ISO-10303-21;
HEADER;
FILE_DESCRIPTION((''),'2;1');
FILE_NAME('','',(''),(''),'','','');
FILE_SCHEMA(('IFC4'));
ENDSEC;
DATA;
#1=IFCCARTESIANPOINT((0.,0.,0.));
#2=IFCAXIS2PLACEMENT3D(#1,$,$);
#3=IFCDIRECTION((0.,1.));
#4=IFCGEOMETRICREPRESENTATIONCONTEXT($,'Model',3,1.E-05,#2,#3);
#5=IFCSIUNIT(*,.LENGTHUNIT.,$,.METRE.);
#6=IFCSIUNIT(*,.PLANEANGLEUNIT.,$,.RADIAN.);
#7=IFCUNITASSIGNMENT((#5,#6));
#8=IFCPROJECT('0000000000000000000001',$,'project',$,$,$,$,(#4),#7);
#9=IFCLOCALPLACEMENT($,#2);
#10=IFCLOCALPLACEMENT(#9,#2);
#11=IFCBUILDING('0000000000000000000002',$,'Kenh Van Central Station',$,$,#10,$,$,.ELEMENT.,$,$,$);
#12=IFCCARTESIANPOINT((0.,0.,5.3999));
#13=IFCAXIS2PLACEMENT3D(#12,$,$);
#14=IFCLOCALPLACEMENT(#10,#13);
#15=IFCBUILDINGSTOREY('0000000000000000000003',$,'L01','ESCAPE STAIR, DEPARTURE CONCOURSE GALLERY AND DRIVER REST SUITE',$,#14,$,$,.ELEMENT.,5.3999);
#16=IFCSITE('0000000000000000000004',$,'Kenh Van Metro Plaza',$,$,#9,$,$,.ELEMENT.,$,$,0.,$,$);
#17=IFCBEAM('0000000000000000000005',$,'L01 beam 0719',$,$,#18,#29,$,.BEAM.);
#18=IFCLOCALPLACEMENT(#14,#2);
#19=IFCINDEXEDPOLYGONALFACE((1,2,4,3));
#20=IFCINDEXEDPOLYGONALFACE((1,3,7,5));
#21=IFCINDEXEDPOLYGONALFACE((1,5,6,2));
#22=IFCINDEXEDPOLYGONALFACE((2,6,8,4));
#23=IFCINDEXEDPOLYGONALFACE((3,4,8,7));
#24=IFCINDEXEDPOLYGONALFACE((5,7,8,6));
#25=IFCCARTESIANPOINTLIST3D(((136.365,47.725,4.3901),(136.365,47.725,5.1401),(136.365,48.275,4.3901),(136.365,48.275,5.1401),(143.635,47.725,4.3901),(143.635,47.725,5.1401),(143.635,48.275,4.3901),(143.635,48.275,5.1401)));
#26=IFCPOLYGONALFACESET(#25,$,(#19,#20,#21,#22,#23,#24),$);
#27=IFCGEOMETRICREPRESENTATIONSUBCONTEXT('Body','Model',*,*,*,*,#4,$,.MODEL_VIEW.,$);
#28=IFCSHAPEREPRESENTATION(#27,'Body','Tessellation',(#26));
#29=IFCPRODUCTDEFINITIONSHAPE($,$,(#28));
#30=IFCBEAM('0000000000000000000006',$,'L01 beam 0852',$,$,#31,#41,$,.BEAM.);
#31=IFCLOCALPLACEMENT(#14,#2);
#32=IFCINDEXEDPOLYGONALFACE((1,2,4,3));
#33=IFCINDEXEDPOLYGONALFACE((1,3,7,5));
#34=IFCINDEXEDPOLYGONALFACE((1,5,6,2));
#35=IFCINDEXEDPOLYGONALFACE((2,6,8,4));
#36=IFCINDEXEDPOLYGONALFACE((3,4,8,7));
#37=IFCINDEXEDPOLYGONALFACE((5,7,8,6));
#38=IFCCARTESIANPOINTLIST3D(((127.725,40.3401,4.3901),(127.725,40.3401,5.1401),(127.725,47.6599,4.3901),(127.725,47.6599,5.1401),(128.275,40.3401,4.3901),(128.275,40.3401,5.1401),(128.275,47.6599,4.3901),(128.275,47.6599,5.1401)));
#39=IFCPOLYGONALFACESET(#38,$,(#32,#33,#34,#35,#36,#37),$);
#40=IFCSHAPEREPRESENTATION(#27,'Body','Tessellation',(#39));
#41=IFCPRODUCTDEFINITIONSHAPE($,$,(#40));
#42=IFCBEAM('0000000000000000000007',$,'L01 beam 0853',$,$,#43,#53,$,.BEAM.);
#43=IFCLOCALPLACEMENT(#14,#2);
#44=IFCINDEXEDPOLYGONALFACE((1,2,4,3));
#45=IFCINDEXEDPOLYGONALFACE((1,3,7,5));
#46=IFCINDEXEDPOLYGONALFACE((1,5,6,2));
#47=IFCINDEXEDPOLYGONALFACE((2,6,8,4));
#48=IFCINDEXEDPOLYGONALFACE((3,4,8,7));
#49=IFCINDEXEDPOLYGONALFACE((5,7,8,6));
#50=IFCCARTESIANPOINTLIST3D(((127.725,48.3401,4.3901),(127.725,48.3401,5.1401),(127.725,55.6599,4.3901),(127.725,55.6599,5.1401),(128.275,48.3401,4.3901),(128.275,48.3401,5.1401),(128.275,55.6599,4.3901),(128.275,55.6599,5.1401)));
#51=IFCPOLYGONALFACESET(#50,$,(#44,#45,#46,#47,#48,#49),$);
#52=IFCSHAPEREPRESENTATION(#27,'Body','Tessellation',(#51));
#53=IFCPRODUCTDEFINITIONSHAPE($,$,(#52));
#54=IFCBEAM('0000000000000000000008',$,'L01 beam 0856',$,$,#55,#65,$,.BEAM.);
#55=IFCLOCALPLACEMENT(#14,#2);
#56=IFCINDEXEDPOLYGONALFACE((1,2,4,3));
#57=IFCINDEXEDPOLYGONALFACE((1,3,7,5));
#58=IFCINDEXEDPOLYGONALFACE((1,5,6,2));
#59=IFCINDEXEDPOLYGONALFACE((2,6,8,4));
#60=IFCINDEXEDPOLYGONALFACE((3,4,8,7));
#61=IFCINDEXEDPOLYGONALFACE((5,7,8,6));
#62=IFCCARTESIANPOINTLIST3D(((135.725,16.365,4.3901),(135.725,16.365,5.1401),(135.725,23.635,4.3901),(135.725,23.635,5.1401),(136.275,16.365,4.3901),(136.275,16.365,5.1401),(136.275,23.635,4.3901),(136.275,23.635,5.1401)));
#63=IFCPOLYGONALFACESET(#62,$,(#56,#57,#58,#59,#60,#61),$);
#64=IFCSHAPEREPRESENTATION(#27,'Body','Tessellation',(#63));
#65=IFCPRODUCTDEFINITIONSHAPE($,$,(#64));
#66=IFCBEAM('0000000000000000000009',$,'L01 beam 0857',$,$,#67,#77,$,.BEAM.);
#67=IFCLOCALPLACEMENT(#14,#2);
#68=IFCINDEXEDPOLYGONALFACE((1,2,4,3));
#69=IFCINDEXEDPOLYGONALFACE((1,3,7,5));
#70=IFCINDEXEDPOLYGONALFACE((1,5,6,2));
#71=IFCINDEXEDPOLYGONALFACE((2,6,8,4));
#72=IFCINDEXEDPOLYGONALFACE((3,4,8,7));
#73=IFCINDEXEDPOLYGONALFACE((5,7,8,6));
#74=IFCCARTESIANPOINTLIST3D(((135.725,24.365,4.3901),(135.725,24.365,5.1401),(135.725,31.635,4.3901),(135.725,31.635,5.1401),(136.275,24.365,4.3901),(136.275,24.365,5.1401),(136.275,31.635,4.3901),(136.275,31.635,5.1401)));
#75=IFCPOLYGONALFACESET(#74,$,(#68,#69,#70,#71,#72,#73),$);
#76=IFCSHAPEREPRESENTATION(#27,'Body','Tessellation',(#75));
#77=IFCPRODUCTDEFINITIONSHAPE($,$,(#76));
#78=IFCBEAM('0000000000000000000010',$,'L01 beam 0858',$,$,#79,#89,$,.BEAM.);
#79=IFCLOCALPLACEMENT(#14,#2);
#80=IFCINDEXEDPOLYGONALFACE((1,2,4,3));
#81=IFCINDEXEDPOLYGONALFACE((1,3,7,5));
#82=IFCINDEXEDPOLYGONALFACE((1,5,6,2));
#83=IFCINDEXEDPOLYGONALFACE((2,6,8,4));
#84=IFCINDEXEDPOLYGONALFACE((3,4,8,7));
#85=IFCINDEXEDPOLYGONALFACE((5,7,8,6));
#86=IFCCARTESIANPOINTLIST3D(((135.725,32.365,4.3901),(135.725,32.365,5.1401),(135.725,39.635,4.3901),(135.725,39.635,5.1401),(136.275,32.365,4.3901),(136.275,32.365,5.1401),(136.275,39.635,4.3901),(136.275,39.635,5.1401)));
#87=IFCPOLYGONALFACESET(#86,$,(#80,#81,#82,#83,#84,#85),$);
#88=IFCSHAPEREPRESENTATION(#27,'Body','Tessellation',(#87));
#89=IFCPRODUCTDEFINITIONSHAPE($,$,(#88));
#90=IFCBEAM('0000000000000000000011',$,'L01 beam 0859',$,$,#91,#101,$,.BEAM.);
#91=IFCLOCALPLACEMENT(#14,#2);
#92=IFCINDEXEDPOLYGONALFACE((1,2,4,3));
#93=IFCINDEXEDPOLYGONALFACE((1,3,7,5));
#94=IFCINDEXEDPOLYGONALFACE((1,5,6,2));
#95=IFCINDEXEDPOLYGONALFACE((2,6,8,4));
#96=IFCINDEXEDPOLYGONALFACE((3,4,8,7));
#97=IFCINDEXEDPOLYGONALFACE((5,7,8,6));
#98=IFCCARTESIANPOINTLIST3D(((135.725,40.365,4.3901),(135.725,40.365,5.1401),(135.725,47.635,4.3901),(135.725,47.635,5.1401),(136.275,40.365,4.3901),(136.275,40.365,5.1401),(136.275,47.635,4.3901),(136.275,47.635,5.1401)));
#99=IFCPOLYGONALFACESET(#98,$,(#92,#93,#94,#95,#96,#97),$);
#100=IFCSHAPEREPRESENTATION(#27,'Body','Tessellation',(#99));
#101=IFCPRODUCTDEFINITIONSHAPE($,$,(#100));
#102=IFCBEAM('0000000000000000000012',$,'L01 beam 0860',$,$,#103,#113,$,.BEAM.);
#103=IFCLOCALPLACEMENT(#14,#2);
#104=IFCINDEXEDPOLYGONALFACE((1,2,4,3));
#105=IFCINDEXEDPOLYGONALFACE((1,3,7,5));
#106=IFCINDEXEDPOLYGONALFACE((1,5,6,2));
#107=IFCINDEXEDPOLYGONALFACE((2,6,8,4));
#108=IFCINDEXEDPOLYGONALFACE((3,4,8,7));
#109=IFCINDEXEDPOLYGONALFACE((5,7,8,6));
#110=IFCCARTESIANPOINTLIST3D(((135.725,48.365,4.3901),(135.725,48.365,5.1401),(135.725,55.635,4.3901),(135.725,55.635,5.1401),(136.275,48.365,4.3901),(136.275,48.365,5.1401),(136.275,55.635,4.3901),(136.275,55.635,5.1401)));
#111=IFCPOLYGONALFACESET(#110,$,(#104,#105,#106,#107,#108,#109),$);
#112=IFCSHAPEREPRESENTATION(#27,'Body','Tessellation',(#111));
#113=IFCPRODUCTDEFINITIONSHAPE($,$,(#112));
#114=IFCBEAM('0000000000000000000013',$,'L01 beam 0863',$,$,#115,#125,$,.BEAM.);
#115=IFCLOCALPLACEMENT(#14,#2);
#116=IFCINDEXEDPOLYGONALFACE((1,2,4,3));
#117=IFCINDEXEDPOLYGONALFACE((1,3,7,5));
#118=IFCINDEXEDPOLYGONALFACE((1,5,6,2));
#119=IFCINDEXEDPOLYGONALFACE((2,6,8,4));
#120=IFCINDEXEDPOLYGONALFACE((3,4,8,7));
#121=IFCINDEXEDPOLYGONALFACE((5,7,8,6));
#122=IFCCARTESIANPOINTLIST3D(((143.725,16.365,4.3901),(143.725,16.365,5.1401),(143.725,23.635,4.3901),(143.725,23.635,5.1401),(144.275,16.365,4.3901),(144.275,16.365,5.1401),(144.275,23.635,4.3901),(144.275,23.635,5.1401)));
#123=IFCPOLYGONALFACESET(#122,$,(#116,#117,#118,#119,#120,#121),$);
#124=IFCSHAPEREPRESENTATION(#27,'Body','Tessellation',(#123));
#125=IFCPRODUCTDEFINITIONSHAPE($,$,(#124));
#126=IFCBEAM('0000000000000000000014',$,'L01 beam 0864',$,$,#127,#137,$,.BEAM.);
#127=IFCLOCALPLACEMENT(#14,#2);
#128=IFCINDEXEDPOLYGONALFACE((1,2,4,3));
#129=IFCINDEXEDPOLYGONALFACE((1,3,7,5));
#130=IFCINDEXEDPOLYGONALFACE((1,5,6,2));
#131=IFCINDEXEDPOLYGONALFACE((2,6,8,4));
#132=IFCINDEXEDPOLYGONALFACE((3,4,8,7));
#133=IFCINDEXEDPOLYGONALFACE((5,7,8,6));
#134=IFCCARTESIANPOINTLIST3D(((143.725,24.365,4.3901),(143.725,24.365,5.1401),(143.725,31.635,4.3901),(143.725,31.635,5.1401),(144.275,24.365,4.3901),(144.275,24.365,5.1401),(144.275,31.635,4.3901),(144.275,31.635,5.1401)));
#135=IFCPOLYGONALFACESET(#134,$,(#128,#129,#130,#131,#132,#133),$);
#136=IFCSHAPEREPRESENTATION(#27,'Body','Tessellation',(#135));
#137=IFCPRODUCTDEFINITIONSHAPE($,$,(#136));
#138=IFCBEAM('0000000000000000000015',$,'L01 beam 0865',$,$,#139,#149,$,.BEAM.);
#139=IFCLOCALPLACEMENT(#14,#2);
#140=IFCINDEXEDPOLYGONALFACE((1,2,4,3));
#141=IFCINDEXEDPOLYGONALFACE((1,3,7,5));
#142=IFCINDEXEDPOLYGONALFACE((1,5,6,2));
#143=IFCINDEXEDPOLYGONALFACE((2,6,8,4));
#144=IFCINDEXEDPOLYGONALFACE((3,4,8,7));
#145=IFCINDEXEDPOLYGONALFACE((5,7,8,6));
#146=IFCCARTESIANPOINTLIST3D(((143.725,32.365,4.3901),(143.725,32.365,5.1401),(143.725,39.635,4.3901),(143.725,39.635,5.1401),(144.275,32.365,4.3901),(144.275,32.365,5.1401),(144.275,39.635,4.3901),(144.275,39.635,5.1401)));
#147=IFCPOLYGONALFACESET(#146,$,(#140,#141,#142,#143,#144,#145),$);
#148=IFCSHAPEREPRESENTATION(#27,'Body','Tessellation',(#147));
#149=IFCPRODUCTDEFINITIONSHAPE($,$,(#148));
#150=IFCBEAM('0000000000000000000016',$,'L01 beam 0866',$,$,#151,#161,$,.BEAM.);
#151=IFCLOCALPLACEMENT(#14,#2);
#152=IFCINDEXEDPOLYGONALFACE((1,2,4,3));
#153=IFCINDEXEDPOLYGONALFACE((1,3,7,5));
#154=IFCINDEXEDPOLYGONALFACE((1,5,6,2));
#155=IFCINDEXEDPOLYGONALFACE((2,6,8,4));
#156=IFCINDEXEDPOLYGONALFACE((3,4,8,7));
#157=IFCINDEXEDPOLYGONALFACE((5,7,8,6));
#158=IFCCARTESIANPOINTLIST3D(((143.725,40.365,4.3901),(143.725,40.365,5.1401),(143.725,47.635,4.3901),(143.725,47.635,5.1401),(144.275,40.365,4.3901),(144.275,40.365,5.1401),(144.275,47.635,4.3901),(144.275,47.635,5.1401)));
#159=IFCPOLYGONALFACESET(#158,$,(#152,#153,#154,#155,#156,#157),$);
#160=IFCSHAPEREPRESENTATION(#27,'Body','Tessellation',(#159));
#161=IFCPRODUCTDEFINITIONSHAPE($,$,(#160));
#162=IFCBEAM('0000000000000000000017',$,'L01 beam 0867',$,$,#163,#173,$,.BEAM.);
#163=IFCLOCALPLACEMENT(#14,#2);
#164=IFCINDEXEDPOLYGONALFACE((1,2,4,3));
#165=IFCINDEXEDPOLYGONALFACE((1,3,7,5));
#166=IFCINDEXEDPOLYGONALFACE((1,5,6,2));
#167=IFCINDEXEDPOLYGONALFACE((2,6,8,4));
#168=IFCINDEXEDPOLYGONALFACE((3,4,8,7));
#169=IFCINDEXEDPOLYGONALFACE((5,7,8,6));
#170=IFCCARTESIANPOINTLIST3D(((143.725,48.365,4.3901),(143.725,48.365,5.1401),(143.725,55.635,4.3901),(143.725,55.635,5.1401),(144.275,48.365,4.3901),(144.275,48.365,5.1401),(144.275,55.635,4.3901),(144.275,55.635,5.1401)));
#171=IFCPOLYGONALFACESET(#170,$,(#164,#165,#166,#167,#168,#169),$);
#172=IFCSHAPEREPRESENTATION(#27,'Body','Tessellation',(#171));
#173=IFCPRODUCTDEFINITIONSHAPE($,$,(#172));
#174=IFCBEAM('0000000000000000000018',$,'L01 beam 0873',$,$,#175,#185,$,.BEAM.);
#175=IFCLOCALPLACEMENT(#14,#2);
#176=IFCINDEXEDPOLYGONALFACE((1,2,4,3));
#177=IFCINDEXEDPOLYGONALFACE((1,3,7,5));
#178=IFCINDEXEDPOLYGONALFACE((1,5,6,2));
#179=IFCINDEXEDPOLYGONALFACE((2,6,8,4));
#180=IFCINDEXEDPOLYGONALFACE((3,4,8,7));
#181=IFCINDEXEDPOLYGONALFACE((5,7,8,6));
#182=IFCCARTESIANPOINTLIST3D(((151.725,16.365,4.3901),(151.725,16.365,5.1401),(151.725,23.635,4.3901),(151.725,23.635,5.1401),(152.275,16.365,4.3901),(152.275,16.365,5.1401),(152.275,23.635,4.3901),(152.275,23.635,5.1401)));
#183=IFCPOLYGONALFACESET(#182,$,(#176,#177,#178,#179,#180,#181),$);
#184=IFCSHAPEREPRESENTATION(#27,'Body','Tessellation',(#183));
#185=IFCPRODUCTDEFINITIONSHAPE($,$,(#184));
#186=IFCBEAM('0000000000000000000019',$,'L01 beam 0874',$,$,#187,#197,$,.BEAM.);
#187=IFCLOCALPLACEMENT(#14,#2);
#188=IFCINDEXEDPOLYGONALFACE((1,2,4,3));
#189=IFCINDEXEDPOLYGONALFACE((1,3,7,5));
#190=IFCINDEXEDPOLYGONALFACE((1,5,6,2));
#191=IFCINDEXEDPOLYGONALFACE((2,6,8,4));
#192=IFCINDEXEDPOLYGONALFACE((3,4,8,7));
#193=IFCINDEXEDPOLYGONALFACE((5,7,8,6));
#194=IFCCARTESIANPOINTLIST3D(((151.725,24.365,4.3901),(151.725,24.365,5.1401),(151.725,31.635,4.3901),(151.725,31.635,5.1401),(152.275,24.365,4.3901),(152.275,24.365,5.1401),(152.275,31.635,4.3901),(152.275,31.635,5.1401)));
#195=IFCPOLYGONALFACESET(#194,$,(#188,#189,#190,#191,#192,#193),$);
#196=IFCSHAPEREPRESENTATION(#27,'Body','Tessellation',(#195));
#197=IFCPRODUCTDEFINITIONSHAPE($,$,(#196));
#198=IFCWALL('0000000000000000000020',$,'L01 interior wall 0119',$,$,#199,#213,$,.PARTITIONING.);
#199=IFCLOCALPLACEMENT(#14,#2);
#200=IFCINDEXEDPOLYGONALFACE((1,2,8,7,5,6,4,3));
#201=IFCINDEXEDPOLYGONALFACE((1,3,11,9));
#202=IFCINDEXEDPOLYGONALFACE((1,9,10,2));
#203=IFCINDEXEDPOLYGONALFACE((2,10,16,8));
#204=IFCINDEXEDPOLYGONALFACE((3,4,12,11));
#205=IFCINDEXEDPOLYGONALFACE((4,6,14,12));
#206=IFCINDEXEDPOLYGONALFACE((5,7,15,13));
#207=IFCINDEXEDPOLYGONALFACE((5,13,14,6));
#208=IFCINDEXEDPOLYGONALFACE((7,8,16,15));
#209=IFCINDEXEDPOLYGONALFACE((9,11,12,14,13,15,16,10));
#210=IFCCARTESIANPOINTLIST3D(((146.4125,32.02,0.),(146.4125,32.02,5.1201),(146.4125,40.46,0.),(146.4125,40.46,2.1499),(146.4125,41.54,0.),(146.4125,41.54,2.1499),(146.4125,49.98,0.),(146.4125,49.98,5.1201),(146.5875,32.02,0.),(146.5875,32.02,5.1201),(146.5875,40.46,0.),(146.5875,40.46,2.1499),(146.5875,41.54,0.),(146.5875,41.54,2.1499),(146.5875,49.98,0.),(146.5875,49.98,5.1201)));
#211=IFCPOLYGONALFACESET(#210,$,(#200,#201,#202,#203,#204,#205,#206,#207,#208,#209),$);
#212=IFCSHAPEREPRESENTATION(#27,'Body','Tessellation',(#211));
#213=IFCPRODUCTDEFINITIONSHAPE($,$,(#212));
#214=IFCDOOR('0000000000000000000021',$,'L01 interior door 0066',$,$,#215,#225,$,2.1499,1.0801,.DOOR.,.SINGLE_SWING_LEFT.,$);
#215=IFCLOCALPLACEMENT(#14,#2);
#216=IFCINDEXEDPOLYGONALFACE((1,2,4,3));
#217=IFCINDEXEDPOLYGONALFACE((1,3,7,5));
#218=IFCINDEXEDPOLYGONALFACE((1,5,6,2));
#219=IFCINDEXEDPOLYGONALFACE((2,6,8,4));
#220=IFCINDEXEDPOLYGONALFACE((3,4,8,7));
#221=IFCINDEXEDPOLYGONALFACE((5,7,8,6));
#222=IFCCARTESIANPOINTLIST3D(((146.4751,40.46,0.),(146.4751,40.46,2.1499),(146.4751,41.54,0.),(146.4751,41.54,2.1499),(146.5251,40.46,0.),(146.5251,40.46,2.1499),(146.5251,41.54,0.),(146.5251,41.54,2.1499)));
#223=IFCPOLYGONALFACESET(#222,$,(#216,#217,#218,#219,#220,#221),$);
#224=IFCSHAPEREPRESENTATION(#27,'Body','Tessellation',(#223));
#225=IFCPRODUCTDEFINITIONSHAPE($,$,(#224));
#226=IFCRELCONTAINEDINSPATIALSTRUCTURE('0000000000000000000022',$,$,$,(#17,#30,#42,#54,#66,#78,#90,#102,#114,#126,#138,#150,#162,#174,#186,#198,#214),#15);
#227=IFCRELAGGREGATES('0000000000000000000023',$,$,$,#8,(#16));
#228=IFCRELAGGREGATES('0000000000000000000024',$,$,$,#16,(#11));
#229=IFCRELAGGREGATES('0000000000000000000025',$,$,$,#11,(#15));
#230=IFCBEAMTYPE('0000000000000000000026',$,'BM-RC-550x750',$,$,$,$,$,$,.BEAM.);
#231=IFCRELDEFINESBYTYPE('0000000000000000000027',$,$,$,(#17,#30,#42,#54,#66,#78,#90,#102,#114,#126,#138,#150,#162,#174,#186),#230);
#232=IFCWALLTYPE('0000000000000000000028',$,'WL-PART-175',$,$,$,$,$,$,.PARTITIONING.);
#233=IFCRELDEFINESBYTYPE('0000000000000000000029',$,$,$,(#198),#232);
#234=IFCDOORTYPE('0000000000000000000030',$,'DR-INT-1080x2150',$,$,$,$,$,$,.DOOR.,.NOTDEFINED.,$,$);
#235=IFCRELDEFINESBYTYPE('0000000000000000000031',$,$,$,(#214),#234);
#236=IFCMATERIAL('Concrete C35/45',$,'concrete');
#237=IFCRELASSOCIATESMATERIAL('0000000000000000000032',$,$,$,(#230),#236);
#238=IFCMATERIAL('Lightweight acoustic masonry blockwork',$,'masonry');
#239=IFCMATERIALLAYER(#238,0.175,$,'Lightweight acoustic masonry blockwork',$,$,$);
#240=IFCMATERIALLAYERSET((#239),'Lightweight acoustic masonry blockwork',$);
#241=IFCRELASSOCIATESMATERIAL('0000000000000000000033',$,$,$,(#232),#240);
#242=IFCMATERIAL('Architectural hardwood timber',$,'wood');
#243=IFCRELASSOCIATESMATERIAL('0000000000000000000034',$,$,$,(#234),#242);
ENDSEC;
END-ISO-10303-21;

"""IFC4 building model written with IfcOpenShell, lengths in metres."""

from ifc_helpers import new_model, si_unit, direction, frame, frame_2d, origin, origin_2d, place, context, subcontext, project, spatial, rectangle, extrude, material, layer, layer_set, material_profile, profile_set, type_object, element, fill, save


model = new_model("IFC4")

# Units and contexts
model_context = context("Model", 3, precision=1e-05, world=origin(), true_north=direction((0.0, 1.0)))
body_context = subcontext(model_context, "Body", "Model", "MODEL_VIEW")
ifc_project = project(units=[si_unit("LENGTHUNIT", "METRE"), si_unit("PLANEANGLEUNIT", "RADIAN")], contexts=[model_context])

# Site, building, storey
site_placement = place(None, origin())
site = spatial("IfcSite", under=ifc_project, at=site_placement, Name="Kenh Van Metro Plaza", CompositionType="ELEMENT", RefElevation=0.0)
building_placement = place(site_placement, origin())
building = spatial("IfcBuilding", under=site, at=building_placement, Name="Kenh Van Central Station", CompositionType="ELEMENT")
storey_placement = place(building_placement, frame((0.0, 0.0, 5.3999)))
storey = spatial("IfcBuildingStorey", under=building, at=storey_placement, Name="L01", Description="ESCAPE STAIR, DEPARTURE CONCOURSE GALLERY AND DRIVER REST SUITE", CompositionType="ELEMENT", Elevation=5.3999)

# Beams
ifc_material_1 = material(Name="Concrete C35/45", Category="concrete")
ifc_material_profile_1 = material_profile(ifc_material_1, rectangle(XDim=0.55, YDim=0.75, at=origin_2d()), Name="RC 550x750")
ifc_profile_set_1 = profile_set([ifc_material_profile_1], Name="Concrete C35/45")
beam_type = type_object("IfcBeamType", Name="BM-RC-550x750", PredefinedType="BEAM", material=ifc_profile_set_1)
beam_1_placement = place(storey_placement, frame((136.365, 48.0, 4.7651), z_axis=(1.0, 0.0, 0.0), x_axis=(0.0, 1.0, 0.0)))
element("IfcBeam", 1, at=beam_1_placement, inside=storey, type_object=beam_type, Name="L01 beam 0719", PredefinedType="BEAM", context=body_context, shape_type="SweptSolid", body=[
    extrude(rectangle(XDim=0.55, YDim=0.75, at=origin_2d()), origin(), (0.0, 0.0, 1.0), 7.27),
])
for number, where, z_axis, x_axis, name in (
    (2, (128.0, 40.3401, 4.7651), (0.0, 1.0, 0.0), (-1.0, 0.0, 0.0), "L01 beam 0852"),
    (3, (128.0, 48.3401, 4.7651), (0.0, 1.0, 0.0), (-1.0, 0.0, 0.0), "L01 beam 0853"),
):
    element("IfcBeam", number, at=place(storey_placement, frame(where, z_axis=z_axis, x_axis=x_axis)), inside=storey, type_object=beam_type, Name=name, PredefinedType="BEAM", context=body_context, shape_type="SweptSolid", body=[
        extrude(rectangle(XDim=0.55, YDim=0.75, at=origin_2d()), origin(), (0.0, 0.0, 1.0), 7.3198),
    ])
for number, where, z_axis, x_axis, name in (
    (4, (136.0, 16.365, 4.7651), (0.0, 1.0, 0.0), (-1.0, 0.0, 0.0), "L01 beam 0856"),
    (5, (136.0, 24.365, 4.7651), (0.0, 1.0, 0.0), (-1.0, 0.0, 0.0), "L01 beam 0857"),
    (6, (136.0, 32.365, 4.7651), (0.0, 1.0, 0.0), (-1.0, 0.0, 0.0), "L01 beam 0858"),
    (7, (136.0, 40.365, 4.7651), (0.0, 1.0, 0.0), (-1.0, 0.0, 0.0), "L01 beam 0859"),
    (8, (136.0, 48.365, 4.7651), (0.0, 1.0, 0.0), (-1.0, 0.0, 0.0), "L01 beam 0860"),
    (9, (144.0, 16.365, 4.7651), (0.0, 1.0, 0.0), (-1.0, 0.0, 0.0), "L01 beam 0863"),
    (10, (144.0, 24.365, 4.7651), (0.0, 1.0, 0.0), (-1.0, 0.0, 0.0), "L01 beam 0864"),
    (11, (144.0, 32.365, 4.7651), (0.0, 1.0, 0.0), (-1.0, 0.0, 0.0), "L01 beam 0865"),
    (12, (144.0, 40.365, 4.7651), (0.0, 1.0, 0.0), (-1.0, 0.0, 0.0), "L01 beam 0866"),
    (13, (144.0, 48.365, 4.7651), (0.0, 1.0, 0.0), (-1.0, 0.0, 0.0), "L01 beam 0867"),
    (14, (152.0, 16.365, 4.7651), (0.0, 1.0, 0.0), (-1.0, 0.0, 0.0), "L01 beam 0873"),
    (15, (152.0, 24.365, 4.7651), (0.0, 1.0, 0.0), (-1.0, 0.0, 0.0), "L01 beam 0874"),
):
    element("IfcBeam", number, at=place(storey_placement, frame(where, z_axis=z_axis, x_axis=x_axis)), inside=storey, type_object=beam_type, Name=name, PredefinedType="BEAM", context=body_context, shape_type="SweptSolid", body=[
        extrude(rectangle(XDim=0.55, YDim=0.75, at=origin_2d()), origin(), (0.0, 0.0, 1.0), 7.27),
    ])

# Wall, opening, door
ifc_material_2 = material(Name="Lightweight acoustic masonry blockwork", Category="masonry")
ifc_layer_1 = layer(ifc_material_2, 0.175, Name="Lightweight acoustic masonry blockwork")
ifc_layer_set_1 = layer_set([ifc_layer_1], Name="Lightweight acoustic masonry blockwork")
wall_type = type_object("IfcWallType", Name="WL-PART-175", PredefinedType="PARTITIONING", material=ifc_layer_set_1)
wall_placement = place(storey_placement, frame((146.5, 32.02, 0.0), z_axis=(0.0, 0.0, 1.0), x_axis=(0.0, 1.0, 0.0)))
wall = element("IfcWall", 16, at=wall_placement, inside=storey, type_object=wall_type, Name="L01 interior wall 0119", PredefinedType="PARTITIONING", context=body_context, shape_type="SweptSolid", body=[
    extrude(rectangle(XDim=17.96, YDim=0.175, at=frame_2d((8.98, 0.0))), origin(), (0.0, 0.0, 1.0), 5.1201),
])
opening_placement = place(wall_placement, frame((8.4399, 0.0, 0.0)))
opening = element("IfcOpeningElement", 17, at=opening_placement, cuts=wall, PredefinedType="OPENING", context=body_context, shape_type="SweptSolid", body=[
    extrude(rectangle(XDim=1.0801, YDim=2.1499, at=frame_2d((0.54, 1.075))), frame((0.0, 0.0974, 0.0), z_axis=(0.0, -1.0, 0.0), x_axis=(1.0, 0.0, 0.0)), (0.0, 0.0, 1.0), 0.1951),
])
ifc_material_3 = material(Name="Architectural hardwood timber", Category="wood")
door_type = type_object("IfcDoorType", Name="DR-INT-1080x2150", OperationType="NOTDEFINED", PredefinedType="DOOR", material=ifc_material_3)
door_placement = place(opening_placement, origin())
door = element("IfcDoor", 18, at=door_placement, inside=storey, type_object=door_type, Name="L01 interior door 0066", OperationType="SINGLE_SWING_LEFT", OverallHeight=2.1499, OverallWidth=1.0801, PredefinedType="DOOR", context=body_context, shape_type="SweptSolid", body=[
    extrude(rectangle(XDim=1.0801, YDim=2.1499, at=frame_2d((0.54, 1.075))), frame((0.0, 0.0249, 0.0), z_axis=(0.0, -1.0, 0.0), x_axis=(1.0, 0.0, 0.0)), (0.0, 0.0, 1.0), 0.05),
])
fill(opening, door)

save(model, "model.ifc")
